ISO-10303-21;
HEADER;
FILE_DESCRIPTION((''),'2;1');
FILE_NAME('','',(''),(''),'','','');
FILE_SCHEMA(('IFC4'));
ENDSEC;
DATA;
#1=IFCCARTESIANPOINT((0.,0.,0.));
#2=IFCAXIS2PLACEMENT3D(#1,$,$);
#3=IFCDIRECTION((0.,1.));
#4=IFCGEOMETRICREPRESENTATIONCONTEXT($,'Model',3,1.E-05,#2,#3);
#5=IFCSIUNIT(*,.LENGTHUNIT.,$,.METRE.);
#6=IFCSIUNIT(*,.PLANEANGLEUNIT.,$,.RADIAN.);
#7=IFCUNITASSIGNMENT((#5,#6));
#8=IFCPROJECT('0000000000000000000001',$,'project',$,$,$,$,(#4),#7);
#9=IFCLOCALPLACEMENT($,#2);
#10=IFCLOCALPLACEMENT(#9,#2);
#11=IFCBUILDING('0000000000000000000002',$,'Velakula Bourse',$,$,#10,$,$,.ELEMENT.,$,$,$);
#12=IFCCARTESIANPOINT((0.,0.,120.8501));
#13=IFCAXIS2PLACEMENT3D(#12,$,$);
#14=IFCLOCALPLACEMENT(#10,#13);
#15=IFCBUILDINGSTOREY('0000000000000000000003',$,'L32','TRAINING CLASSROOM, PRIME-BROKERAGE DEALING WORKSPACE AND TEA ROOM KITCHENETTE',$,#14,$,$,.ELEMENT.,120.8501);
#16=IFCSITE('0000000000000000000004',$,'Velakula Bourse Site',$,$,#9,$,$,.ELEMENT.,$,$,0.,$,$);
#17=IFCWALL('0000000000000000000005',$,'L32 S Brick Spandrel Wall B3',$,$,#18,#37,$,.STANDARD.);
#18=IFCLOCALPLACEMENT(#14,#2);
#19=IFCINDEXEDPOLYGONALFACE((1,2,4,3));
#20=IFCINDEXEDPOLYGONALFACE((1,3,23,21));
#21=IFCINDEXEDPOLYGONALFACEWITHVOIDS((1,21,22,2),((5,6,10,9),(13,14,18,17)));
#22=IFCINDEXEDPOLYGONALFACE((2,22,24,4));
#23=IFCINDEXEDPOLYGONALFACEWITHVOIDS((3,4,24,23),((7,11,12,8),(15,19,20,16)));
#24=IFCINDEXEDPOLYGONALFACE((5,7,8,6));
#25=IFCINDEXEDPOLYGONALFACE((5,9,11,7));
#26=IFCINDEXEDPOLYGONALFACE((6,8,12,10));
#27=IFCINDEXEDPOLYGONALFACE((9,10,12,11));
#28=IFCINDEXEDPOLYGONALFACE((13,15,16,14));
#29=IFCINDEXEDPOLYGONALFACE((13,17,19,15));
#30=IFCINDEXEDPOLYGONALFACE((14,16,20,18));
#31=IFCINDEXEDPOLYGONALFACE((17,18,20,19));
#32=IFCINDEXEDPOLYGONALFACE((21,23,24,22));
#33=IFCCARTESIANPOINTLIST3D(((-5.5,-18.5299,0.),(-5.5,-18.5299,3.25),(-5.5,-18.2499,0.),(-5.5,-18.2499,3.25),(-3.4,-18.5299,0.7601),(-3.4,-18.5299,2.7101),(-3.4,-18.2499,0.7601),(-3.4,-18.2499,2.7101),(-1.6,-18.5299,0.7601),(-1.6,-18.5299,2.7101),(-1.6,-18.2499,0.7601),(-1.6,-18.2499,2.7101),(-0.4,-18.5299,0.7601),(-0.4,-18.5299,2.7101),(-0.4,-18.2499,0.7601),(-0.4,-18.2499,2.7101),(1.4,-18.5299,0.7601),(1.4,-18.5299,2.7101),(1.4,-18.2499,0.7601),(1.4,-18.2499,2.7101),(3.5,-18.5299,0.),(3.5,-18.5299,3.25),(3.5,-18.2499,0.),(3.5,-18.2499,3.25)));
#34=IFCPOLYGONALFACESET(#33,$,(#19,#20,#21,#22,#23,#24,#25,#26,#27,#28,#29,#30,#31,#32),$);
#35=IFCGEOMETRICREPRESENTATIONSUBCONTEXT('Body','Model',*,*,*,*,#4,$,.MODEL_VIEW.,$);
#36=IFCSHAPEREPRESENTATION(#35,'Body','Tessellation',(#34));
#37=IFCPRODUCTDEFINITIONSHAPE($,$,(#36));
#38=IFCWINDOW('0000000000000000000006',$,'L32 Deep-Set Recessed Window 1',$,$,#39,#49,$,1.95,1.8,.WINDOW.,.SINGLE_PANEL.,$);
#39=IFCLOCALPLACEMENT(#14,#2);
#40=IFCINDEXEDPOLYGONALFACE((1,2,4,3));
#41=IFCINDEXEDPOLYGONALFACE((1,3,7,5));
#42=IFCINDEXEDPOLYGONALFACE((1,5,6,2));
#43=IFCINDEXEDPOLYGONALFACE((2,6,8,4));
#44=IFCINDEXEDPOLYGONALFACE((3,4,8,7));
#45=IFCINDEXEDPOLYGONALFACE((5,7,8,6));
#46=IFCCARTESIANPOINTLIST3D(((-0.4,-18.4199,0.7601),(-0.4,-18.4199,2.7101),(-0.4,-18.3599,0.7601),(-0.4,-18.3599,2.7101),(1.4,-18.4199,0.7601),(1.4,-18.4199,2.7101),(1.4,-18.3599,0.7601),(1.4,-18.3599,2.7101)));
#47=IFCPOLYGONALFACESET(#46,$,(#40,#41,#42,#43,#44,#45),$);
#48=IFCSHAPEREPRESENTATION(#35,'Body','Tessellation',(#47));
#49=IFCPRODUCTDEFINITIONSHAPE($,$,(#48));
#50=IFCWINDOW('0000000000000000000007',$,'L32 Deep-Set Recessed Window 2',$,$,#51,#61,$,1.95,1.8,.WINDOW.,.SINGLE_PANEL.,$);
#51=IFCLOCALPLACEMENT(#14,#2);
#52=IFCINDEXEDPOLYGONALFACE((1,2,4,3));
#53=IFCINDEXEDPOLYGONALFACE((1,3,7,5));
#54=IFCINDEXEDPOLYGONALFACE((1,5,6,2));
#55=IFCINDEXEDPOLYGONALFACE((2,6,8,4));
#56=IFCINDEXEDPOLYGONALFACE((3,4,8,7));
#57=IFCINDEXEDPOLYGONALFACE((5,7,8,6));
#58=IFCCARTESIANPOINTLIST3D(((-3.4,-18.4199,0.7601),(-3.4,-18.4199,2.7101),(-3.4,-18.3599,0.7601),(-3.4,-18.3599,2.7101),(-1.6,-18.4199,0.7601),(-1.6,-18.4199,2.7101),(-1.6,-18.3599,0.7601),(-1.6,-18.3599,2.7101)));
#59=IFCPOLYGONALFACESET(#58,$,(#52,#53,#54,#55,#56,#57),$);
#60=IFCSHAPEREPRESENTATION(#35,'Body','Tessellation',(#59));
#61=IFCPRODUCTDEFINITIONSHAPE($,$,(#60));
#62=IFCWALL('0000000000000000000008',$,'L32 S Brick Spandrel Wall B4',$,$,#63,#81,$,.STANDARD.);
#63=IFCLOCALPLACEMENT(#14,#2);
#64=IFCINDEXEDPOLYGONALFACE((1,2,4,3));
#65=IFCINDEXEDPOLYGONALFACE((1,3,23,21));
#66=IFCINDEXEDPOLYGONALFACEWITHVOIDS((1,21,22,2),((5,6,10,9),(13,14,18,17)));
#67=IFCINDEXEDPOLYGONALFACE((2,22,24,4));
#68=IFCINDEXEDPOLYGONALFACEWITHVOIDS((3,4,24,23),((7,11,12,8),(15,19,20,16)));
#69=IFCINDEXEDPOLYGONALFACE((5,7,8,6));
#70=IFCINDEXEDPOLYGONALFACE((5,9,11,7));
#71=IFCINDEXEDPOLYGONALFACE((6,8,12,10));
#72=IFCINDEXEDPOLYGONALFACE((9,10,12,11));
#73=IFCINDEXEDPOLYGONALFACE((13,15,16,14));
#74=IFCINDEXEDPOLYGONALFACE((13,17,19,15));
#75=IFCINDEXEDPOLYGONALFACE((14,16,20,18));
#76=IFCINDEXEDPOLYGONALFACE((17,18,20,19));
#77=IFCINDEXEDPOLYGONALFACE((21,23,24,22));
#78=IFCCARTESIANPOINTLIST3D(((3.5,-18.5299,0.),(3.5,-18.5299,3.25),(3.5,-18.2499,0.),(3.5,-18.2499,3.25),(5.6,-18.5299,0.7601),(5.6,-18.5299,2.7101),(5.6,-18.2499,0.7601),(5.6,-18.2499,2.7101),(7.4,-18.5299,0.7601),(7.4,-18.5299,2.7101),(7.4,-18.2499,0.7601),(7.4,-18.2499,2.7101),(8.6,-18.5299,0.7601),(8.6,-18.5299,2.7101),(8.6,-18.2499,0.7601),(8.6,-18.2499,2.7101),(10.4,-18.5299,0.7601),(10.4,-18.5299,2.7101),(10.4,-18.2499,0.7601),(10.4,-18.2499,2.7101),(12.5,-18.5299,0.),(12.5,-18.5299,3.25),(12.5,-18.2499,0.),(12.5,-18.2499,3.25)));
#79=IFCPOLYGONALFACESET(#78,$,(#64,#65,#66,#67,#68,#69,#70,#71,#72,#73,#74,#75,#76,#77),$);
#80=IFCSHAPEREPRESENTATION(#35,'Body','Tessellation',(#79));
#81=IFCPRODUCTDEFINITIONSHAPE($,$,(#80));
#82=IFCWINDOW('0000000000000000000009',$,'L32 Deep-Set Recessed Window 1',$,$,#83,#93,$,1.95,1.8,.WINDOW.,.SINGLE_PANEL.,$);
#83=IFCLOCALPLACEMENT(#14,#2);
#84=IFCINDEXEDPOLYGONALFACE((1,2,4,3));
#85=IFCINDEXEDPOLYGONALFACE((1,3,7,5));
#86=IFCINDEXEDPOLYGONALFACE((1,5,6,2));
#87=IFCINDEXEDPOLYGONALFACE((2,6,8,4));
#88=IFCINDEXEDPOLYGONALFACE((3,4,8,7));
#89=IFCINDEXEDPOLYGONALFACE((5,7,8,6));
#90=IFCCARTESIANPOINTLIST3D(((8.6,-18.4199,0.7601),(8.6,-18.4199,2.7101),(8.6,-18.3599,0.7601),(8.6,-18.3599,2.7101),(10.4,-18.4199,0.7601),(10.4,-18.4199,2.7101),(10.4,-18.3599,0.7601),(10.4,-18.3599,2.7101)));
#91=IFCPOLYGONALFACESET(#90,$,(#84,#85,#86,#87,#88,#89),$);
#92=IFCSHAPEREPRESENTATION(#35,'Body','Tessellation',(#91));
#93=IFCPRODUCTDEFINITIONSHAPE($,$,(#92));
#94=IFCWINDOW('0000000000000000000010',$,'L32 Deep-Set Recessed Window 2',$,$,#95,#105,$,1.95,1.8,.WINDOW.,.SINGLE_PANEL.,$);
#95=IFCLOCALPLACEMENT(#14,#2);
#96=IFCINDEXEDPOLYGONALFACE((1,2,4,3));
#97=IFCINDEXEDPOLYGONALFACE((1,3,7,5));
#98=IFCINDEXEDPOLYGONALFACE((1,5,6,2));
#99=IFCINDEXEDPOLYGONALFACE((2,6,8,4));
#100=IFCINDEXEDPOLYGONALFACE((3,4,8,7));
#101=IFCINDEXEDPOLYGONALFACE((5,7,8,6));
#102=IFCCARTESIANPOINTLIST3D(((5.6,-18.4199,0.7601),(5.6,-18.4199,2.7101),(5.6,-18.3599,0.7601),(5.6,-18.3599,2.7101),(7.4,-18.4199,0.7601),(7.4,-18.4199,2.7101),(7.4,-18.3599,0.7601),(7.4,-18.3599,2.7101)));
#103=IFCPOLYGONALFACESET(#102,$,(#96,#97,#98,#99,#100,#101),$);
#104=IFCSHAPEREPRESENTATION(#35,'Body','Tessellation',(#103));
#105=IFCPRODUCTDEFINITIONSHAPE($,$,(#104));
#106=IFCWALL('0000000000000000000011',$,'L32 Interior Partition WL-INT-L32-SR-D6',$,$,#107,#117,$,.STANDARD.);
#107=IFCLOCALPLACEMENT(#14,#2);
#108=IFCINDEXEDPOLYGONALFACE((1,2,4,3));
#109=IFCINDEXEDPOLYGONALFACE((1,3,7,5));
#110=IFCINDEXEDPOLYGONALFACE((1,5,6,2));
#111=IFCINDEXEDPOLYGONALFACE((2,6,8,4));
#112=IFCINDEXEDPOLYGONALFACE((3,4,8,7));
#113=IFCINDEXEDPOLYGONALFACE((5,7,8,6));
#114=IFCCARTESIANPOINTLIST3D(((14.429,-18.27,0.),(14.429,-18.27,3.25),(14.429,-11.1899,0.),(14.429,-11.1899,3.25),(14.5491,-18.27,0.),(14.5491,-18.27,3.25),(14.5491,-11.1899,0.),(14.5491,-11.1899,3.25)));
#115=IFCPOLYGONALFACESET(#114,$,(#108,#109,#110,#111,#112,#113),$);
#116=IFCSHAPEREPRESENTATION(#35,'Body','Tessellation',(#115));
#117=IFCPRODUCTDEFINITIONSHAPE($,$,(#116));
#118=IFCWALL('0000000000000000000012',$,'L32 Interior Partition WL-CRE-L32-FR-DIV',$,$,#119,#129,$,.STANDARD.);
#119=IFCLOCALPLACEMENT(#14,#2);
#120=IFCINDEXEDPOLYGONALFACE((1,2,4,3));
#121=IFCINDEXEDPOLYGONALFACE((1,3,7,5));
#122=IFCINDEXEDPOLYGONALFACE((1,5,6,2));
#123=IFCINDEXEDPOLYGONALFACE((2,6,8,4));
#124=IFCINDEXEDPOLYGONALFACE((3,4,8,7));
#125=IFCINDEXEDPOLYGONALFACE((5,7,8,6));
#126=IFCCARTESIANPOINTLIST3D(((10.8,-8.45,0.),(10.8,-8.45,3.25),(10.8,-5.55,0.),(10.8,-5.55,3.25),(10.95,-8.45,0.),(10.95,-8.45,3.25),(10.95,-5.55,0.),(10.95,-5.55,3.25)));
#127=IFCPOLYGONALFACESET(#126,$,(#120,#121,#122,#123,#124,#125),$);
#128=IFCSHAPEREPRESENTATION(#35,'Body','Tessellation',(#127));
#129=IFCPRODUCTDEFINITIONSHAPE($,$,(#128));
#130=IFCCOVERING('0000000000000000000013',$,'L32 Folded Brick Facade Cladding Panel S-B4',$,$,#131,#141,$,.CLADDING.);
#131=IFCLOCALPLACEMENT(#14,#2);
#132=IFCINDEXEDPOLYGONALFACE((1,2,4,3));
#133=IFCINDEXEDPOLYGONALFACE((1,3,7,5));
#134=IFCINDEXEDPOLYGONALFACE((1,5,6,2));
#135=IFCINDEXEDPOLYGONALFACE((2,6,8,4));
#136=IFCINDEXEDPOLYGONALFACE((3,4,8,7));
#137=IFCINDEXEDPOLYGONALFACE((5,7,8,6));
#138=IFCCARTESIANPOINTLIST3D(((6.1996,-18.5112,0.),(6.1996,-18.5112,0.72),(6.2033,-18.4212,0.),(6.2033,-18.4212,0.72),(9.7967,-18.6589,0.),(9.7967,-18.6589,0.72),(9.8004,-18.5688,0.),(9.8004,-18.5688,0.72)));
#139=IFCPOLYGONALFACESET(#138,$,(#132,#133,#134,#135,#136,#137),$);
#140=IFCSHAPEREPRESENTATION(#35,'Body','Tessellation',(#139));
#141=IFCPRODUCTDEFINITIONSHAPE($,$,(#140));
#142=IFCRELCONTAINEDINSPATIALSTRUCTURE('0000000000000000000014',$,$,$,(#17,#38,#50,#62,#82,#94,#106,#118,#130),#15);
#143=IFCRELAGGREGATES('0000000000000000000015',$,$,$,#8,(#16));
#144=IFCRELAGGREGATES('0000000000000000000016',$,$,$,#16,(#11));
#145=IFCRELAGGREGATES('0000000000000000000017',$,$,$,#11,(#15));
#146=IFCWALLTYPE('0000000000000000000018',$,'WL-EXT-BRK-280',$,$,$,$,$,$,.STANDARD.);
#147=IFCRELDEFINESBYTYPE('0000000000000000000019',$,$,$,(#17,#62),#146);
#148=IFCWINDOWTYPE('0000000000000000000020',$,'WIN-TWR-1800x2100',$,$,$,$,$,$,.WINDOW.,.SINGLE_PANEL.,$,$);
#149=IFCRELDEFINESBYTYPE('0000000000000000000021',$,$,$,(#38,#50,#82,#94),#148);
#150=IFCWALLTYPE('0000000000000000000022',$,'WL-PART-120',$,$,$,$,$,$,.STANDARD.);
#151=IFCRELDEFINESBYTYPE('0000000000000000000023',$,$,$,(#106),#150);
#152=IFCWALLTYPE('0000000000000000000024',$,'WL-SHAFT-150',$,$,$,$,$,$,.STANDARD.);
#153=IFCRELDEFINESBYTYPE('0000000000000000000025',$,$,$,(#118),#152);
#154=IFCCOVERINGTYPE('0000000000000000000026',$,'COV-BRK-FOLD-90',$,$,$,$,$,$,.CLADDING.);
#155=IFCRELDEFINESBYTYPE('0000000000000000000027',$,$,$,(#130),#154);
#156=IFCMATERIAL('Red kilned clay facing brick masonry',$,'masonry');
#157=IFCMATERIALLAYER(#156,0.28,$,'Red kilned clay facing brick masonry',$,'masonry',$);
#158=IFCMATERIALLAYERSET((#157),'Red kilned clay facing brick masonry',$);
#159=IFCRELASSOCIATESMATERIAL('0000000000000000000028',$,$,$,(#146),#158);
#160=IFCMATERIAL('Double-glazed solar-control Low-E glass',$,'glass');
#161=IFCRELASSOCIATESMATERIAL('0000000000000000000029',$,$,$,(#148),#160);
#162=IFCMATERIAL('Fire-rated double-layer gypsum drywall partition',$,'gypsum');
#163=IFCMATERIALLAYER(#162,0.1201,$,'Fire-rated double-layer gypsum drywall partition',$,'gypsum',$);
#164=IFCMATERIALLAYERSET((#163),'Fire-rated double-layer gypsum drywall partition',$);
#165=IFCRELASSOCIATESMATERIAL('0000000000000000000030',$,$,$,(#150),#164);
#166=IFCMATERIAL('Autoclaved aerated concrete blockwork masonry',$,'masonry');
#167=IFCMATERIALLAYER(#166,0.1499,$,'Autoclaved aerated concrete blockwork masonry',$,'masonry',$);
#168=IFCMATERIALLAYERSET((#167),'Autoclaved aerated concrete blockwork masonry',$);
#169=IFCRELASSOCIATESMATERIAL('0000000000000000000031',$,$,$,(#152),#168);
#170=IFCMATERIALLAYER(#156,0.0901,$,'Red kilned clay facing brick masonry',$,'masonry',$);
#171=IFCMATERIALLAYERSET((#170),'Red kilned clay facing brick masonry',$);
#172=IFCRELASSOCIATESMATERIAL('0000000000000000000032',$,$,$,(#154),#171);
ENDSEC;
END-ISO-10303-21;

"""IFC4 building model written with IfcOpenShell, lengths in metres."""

from ifc_helpers import new_model, si_unit, direction, frame, frame_2d, origin, origin_2d, place, context, subcontext, project, spatial, rectangle, extrude, material, layer, layer_set, type_object, element, fill, save


model = new_model("IFC4")

# Units and contexts
model_context = context("Model", 3, precision=1e-05, world=origin(), true_north=direction((0.0, 1.0)))
body_context = subcontext(model_context, "Body", "Model", "MODEL_VIEW")
ifc_project = project(units=[si_unit("LENGTHUNIT", "METRE"), si_unit("PLANEANGLEUNIT", "RADIAN")], contexts=[model_context])

# Site, building, storey
site_placement = place(None, origin())
site = spatial("IfcSite", under=ifc_project, at=site_placement, Name="Velakula Bourse Site", CompositionType="ELEMENT", RefElevation=0.0)
building_placement = place(site_placement, origin())
building = spatial("IfcBuilding", under=site, at=building_placement, Name="Velakula Bourse", CompositionType="ELEMENT")
storey_placement = place(building_placement, frame((0.0, 0.0, 120.8501)))
storey = spatial("IfcBuildingStorey", under=building, at=storey_placement, Name="L32", Description="TRAINING CLASSROOM, PRIME-BROKERAGE DEALING WORKSPACE AND TEA ROOM KITCHENETTE", CompositionType="ELEMENT", Elevation=120.8501)

# Walls, openings, windows
ifc_material_1 = material(Name="Red kilned clay facing brick masonry", Category="masonry")
ifc_layer_1 = layer(ifc_material_1, 0.28, Name="Red kilned clay facing brick masonry", Category="masonry")
ifc_layer_set_1 = layer_set([ifc_layer_1], Name="Red kilned clay facing brick masonry")
wall_type_1 = type_object("IfcWallType", Name="WL-EXT-BRK-280", PredefinedType="STANDARD", material=ifc_layer_set_1)
wall_1_placement = place(storey_placement, frame((3.5, -18.3899, 0.0), z_axis=(0.0, 0.0, 1.0), x_axis=(-1.0, 0.0, 0.0)))
wall_1 = element("IfcWall", 1, at=wall_1_placement, inside=storey, type_object=wall_type_1, Name="L32 S Brick Spandrel Wall B3", PredefinedType="STANDARD", context=body_context, shape_type="SweptSolid", body=[
    extrude(rectangle(XDim=9.0, YDim=0.28, at=frame_2d((4.5, 0.0))), origin(), (0.0, 0.0, 1.0), 3.25),
])
opening_1_placement = place(wall_1_placement, frame((2.1001, 0.0, 0.76)))
opening_1 = element("IfcOpeningElement", 2, at=opening_1_placement, cuts=wall_1, PredefinedType="OPENING", context=body_context, shape_type="SweptSolid", body=[
    extrude(rectangle(XDim=1.8, YDim=1.95, at=frame_2d((0.8999, 0.9751))), frame((0.0, 0.1499, 0.0), z_axis=(0.0, -1.0, 0.0), x_axis=(1.0, 0.0, 0.0)), (0.0, 0.0, 1.0), 0.3),
])
opening_2_placement = place(wall_1_placement, frame((5.1001, 0.0, 0.76)))
opening_2 = element("IfcOpeningElement", 3, at=opening_2_placement, cuts=wall_1, PredefinedType="OPENING", context=body_context, shape_type="SweptSolid", body=[
    extrude(rectangle(XDim=1.8, YDim=1.95, at=frame_2d((0.8999, 0.9751))), frame((0.0, 0.1499, 0.0), z_axis=(0.0, -1.0, 0.0), x_axis=(1.0, 0.0, 0.0)), (0.0, 0.0, 1.0), 0.3),
])
ifc_material_2 = material(Name="Double-glazed solar-control Low-E glass", Category="glass")
window_type = type_object("IfcWindowType", Name="WIN-TWR-1800x2100", PartitioningType="SINGLE_PANEL", PredefinedType="WINDOW", material=ifc_material_2)
window_1_placement = place(opening_1_placement, origin())
window_1 = element("IfcWindow", 4, at=window_1_placement, inside=storey, type_object=window_type, Name="L32 Deep-Set Recessed Window 1", OverallHeight=1.95, OverallWidth=1.8, PartitioningType="SINGLE_PANEL", PredefinedType="WINDOW", context=body_context, shape_type="SweptSolid", body=[
    extrude(rectangle(XDim=1.8, YDim=1.95, at=frame_2d((0.8999, 0.9751))), frame((0.0, 0.03, 0.0), z_axis=(0.0, -1.0, 0.0), x_axis=(1.0, 0.0, 0.0)), (0.0, 0.0, 1.0), 0.0601),
])
fill(opening_1, window_1)
window_2_placement = place(opening_2_placement, origin())
window_2 = element("IfcWindow", 5, at=window_2_placement, inside=storey, type_object=window_type, Name="L32 Deep-Set Recessed Window 2", OverallHeight=1.95, OverallWidth=1.8, PartitioningType="SINGLE_PANEL", PredefinedType="WINDOW", context=body_context, shape_type="SweptSolid", body=[
    extrude(rectangle(XDim=1.8, YDim=1.95, at=frame_2d((0.8999, 0.9751))), frame((0.0, 0.03, 0.0), z_axis=(0.0, -1.0, 0.0), x_axis=(1.0, 0.0, 0.0)), (0.0, 0.0, 1.0), 0.0601),
])
fill(opening_2, window_2)
wall_2_placement = place(storey_placement, frame((12.5, -18.3899, 0.0), z_axis=(0.0, 0.0, 1.0), x_axis=(-1.0, 0.0, 0.0)))
wall_2 = element("IfcWall", 6, at=wall_2_placement, inside=storey, type_object=wall_type_1, Name="L32 S Brick Spandrel Wall B4", PredefinedType="STANDARD", context=body_context, shape_type="SweptSolid", body=[
    extrude(rectangle(XDim=9.0, YDim=0.28, at=frame_2d((4.5, 0.0))), origin(), (0.0, 0.0, 1.0), 3.25),
])
opening_3_placement = place(wall_2_placement, frame((2.1001, 0.0, 0.76)))
opening_3 = element("IfcOpeningElement", 7, at=opening_3_placement, cuts=wall_2, PredefinedType="OPENING", context=body_context, shape_type="SweptSolid", body=[
    extrude(rectangle(XDim=1.8, YDim=1.95, at=frame_2d((0.8999, 0.9751))), frame((0.0, 0.1499, 0.0), z_axis=(0.0, -1.0, 0.0), x_axis=(1.0, 0.0, 0.0)), (0.0, 0.0, 1.0), 0.3),
])
opening_4_placement = place(wall_2_placement, frame((5.1001, 0.0, 0.76)))
opening_4 = element("IfcOpeningElement", 8, at=opening_4_placement, cuts=wall_2, PredefinedType="OPENING", context=body_context, shape_type="SweptSolid", body=[
    extrude(rectangle(XDim=1.8, YDim=1.95, at=frame_2d((0.8999, 0.9751))), frame((0.0, 0.1499, 0.0), z_axis=(0.0, -1.0, 0.0), x_axis=(1.0, 0.0, 0.0)), (0.0, 0.0, 1.0), 0.3),
])
window_3_placement = place(opening_3_placement, origin())
window_3 = element("IfcWindow", 9, at=window_3_placement, inside=storey, type_object=window_type, Name="L32 Deep-Set Recessed Window 1", OverallHeight=1.95, OverallWidth=1.8, PartitioningType="SINGLE_PANEL", PredefinedType="WINDOW", context=body_context, shape_type="SweptSolid", body=[
    extrude(rectangle(XDim=1.8, YDim=1.95, at=frame_2d((0.8999, 0.9751))), frame((0.0, 0.03, 0.0), z_axis=(0.0, -1.0, 0.0), x_axis=(1.0, 0.0, 0.0)), (0.0, 0.0, 1.0), 0.0601),
])
fill(opening_3, window_3)
window_4_placement = place(opening_4_placement, origin())
window_4 = element("IfcWindow", 10, at=window_4_placement, inside=storey, type_object=window_type, Name="L32 Deep-Set Recessed Window 2", OverallHeight=1.95, OverallWidth=1.8, PartitioningType="SINGLE_PANEL", PredefinedType="WINDOW", context=body_context, shape_type="SweptSolid", body=[
    extrude(rectangle(XDim=1.8, YDim=1.95, at=frame_2d((0.8999, 0.9751))), frame((0.0, 0.03, 0.0), z_axis=(0.0, -1.0, 0.0), x_axis=(1.0, 0.0, 0.0)), (0.0, 0.0, 1.0), 0.0601),
])
fill(opening_4, window_4)

# Wall
ifc_material_3 = material(Name="Fire-rated double-layer gypsum drywall partition", Category="gypsum")
ifc_layer_2 = layer(ifc_material_3, 0.1201, Name="Fire-rated double-layer gypsum drywall partition", Category="gypsum")
ifc_layer_set_2 = layer_set([ifc_layer_2], Name="Fire-rated double-layer gypsum drywall partition")
wall_type_2 = type_object("IfcWallType", Name="WL-PART-120", PredefinedType="STANDARD", material=ifc_layer_set_2)
wall_3_placement = place(storey_placement, frame((14.489, -18.27, 0.0), z_axis=(0.0, 0.0, 1.0), x_axis=(0.0, 1.0, 0.0)))
element("IfcWall", 11, at=wall_3_placement, inside=storey, type_object=wall_type_2, Name="L32 Interior Partition WL-INT-L32-SR-D6", PredefinedType="STANDARD", context=body_context, shape_type="SweptSolid", body=[
    extrude(rectangle(XDim=7.0801, YDim=0.1201, at=frame_2d((3.54, 0.0))), origin(), (0.0, 0.0, 1.0), 3.25),
])

# Shared definitions
ifc_material_4 = material(Name="Autoclaved aerated concrete blockwork masonry", Category="masonry")
ifc_layer_3 = layer(ifc_material_4, 0.1499, Name="Autoclaved aerated concrete blockwork masonry", Category="masonry")
ifc_layer_set_3 = layer_set([ifc_layer_3], Name="Autoclaved aerated concrete blockwork masonry")
wall_type_3 = type_object("IfcWallType", Name="WL-SHAFT-150", PredefinedType="STANDARD", material=ifc_layer_set_3)

# Wall
wall_4_placement = place(storey_placement, frame((10.875, -8.45, 0.0), z_axis=(0.0, 0.0, 1.0), x_axis=(0.0, 1.0, 0.0)))
element("IfcWall", 12, at=wall_4_placement, inside=storey, type_object=wall_type_3, Name="L32 Interior Partition WL-CRE-L32-FR-DIV", PredefinedType="STANDARD", context=body_context, shape_type="SweptSolid", body=[
    extrude(rectangle(XDim=2.8999, YDim=0.1499, at=frame_2d((1.45, 0.0))), origin(), (0.0, 0.0, 1.0), 3.25),
])

# Covering
ifc_layer_4 = layer(ifc_material_1, 0.0901, Name="Red kilned clay facing brick masonry", Category="masonry")
ifc_layer_set_4 = layer_set([ifc_layer_4], Name="Red kilned clay facing brick masonry")
covering_type = type_object("IfcCoveringType", Name="COV-BRK-FOLD-90", PredefinedType="CLADDING", material=ifc_layer_set_4)
covering_placement = place(storey_placement, frame((8.0, -18.54, 0.0), z_axis=(0.0, 0.0, 1.0), x_axis=(0.999159, -0.041004, 0.0)))
element("IfcCovering", 13, at=covering_placement, inside=storey, type_object=covering_type, Name="L32 Folded Brick Facade Cladding Panel S-B4", PredefinedType="CLADDING", context=body_context, shape_type="SweptSolid", body=[
    extrude(rectangle(XDim=3.6001, YDim=0.0901, at=origin_2d()), origin(), (0.0, 0.0, 1.0), 0.72),
])

save(model, "model.ifc")
